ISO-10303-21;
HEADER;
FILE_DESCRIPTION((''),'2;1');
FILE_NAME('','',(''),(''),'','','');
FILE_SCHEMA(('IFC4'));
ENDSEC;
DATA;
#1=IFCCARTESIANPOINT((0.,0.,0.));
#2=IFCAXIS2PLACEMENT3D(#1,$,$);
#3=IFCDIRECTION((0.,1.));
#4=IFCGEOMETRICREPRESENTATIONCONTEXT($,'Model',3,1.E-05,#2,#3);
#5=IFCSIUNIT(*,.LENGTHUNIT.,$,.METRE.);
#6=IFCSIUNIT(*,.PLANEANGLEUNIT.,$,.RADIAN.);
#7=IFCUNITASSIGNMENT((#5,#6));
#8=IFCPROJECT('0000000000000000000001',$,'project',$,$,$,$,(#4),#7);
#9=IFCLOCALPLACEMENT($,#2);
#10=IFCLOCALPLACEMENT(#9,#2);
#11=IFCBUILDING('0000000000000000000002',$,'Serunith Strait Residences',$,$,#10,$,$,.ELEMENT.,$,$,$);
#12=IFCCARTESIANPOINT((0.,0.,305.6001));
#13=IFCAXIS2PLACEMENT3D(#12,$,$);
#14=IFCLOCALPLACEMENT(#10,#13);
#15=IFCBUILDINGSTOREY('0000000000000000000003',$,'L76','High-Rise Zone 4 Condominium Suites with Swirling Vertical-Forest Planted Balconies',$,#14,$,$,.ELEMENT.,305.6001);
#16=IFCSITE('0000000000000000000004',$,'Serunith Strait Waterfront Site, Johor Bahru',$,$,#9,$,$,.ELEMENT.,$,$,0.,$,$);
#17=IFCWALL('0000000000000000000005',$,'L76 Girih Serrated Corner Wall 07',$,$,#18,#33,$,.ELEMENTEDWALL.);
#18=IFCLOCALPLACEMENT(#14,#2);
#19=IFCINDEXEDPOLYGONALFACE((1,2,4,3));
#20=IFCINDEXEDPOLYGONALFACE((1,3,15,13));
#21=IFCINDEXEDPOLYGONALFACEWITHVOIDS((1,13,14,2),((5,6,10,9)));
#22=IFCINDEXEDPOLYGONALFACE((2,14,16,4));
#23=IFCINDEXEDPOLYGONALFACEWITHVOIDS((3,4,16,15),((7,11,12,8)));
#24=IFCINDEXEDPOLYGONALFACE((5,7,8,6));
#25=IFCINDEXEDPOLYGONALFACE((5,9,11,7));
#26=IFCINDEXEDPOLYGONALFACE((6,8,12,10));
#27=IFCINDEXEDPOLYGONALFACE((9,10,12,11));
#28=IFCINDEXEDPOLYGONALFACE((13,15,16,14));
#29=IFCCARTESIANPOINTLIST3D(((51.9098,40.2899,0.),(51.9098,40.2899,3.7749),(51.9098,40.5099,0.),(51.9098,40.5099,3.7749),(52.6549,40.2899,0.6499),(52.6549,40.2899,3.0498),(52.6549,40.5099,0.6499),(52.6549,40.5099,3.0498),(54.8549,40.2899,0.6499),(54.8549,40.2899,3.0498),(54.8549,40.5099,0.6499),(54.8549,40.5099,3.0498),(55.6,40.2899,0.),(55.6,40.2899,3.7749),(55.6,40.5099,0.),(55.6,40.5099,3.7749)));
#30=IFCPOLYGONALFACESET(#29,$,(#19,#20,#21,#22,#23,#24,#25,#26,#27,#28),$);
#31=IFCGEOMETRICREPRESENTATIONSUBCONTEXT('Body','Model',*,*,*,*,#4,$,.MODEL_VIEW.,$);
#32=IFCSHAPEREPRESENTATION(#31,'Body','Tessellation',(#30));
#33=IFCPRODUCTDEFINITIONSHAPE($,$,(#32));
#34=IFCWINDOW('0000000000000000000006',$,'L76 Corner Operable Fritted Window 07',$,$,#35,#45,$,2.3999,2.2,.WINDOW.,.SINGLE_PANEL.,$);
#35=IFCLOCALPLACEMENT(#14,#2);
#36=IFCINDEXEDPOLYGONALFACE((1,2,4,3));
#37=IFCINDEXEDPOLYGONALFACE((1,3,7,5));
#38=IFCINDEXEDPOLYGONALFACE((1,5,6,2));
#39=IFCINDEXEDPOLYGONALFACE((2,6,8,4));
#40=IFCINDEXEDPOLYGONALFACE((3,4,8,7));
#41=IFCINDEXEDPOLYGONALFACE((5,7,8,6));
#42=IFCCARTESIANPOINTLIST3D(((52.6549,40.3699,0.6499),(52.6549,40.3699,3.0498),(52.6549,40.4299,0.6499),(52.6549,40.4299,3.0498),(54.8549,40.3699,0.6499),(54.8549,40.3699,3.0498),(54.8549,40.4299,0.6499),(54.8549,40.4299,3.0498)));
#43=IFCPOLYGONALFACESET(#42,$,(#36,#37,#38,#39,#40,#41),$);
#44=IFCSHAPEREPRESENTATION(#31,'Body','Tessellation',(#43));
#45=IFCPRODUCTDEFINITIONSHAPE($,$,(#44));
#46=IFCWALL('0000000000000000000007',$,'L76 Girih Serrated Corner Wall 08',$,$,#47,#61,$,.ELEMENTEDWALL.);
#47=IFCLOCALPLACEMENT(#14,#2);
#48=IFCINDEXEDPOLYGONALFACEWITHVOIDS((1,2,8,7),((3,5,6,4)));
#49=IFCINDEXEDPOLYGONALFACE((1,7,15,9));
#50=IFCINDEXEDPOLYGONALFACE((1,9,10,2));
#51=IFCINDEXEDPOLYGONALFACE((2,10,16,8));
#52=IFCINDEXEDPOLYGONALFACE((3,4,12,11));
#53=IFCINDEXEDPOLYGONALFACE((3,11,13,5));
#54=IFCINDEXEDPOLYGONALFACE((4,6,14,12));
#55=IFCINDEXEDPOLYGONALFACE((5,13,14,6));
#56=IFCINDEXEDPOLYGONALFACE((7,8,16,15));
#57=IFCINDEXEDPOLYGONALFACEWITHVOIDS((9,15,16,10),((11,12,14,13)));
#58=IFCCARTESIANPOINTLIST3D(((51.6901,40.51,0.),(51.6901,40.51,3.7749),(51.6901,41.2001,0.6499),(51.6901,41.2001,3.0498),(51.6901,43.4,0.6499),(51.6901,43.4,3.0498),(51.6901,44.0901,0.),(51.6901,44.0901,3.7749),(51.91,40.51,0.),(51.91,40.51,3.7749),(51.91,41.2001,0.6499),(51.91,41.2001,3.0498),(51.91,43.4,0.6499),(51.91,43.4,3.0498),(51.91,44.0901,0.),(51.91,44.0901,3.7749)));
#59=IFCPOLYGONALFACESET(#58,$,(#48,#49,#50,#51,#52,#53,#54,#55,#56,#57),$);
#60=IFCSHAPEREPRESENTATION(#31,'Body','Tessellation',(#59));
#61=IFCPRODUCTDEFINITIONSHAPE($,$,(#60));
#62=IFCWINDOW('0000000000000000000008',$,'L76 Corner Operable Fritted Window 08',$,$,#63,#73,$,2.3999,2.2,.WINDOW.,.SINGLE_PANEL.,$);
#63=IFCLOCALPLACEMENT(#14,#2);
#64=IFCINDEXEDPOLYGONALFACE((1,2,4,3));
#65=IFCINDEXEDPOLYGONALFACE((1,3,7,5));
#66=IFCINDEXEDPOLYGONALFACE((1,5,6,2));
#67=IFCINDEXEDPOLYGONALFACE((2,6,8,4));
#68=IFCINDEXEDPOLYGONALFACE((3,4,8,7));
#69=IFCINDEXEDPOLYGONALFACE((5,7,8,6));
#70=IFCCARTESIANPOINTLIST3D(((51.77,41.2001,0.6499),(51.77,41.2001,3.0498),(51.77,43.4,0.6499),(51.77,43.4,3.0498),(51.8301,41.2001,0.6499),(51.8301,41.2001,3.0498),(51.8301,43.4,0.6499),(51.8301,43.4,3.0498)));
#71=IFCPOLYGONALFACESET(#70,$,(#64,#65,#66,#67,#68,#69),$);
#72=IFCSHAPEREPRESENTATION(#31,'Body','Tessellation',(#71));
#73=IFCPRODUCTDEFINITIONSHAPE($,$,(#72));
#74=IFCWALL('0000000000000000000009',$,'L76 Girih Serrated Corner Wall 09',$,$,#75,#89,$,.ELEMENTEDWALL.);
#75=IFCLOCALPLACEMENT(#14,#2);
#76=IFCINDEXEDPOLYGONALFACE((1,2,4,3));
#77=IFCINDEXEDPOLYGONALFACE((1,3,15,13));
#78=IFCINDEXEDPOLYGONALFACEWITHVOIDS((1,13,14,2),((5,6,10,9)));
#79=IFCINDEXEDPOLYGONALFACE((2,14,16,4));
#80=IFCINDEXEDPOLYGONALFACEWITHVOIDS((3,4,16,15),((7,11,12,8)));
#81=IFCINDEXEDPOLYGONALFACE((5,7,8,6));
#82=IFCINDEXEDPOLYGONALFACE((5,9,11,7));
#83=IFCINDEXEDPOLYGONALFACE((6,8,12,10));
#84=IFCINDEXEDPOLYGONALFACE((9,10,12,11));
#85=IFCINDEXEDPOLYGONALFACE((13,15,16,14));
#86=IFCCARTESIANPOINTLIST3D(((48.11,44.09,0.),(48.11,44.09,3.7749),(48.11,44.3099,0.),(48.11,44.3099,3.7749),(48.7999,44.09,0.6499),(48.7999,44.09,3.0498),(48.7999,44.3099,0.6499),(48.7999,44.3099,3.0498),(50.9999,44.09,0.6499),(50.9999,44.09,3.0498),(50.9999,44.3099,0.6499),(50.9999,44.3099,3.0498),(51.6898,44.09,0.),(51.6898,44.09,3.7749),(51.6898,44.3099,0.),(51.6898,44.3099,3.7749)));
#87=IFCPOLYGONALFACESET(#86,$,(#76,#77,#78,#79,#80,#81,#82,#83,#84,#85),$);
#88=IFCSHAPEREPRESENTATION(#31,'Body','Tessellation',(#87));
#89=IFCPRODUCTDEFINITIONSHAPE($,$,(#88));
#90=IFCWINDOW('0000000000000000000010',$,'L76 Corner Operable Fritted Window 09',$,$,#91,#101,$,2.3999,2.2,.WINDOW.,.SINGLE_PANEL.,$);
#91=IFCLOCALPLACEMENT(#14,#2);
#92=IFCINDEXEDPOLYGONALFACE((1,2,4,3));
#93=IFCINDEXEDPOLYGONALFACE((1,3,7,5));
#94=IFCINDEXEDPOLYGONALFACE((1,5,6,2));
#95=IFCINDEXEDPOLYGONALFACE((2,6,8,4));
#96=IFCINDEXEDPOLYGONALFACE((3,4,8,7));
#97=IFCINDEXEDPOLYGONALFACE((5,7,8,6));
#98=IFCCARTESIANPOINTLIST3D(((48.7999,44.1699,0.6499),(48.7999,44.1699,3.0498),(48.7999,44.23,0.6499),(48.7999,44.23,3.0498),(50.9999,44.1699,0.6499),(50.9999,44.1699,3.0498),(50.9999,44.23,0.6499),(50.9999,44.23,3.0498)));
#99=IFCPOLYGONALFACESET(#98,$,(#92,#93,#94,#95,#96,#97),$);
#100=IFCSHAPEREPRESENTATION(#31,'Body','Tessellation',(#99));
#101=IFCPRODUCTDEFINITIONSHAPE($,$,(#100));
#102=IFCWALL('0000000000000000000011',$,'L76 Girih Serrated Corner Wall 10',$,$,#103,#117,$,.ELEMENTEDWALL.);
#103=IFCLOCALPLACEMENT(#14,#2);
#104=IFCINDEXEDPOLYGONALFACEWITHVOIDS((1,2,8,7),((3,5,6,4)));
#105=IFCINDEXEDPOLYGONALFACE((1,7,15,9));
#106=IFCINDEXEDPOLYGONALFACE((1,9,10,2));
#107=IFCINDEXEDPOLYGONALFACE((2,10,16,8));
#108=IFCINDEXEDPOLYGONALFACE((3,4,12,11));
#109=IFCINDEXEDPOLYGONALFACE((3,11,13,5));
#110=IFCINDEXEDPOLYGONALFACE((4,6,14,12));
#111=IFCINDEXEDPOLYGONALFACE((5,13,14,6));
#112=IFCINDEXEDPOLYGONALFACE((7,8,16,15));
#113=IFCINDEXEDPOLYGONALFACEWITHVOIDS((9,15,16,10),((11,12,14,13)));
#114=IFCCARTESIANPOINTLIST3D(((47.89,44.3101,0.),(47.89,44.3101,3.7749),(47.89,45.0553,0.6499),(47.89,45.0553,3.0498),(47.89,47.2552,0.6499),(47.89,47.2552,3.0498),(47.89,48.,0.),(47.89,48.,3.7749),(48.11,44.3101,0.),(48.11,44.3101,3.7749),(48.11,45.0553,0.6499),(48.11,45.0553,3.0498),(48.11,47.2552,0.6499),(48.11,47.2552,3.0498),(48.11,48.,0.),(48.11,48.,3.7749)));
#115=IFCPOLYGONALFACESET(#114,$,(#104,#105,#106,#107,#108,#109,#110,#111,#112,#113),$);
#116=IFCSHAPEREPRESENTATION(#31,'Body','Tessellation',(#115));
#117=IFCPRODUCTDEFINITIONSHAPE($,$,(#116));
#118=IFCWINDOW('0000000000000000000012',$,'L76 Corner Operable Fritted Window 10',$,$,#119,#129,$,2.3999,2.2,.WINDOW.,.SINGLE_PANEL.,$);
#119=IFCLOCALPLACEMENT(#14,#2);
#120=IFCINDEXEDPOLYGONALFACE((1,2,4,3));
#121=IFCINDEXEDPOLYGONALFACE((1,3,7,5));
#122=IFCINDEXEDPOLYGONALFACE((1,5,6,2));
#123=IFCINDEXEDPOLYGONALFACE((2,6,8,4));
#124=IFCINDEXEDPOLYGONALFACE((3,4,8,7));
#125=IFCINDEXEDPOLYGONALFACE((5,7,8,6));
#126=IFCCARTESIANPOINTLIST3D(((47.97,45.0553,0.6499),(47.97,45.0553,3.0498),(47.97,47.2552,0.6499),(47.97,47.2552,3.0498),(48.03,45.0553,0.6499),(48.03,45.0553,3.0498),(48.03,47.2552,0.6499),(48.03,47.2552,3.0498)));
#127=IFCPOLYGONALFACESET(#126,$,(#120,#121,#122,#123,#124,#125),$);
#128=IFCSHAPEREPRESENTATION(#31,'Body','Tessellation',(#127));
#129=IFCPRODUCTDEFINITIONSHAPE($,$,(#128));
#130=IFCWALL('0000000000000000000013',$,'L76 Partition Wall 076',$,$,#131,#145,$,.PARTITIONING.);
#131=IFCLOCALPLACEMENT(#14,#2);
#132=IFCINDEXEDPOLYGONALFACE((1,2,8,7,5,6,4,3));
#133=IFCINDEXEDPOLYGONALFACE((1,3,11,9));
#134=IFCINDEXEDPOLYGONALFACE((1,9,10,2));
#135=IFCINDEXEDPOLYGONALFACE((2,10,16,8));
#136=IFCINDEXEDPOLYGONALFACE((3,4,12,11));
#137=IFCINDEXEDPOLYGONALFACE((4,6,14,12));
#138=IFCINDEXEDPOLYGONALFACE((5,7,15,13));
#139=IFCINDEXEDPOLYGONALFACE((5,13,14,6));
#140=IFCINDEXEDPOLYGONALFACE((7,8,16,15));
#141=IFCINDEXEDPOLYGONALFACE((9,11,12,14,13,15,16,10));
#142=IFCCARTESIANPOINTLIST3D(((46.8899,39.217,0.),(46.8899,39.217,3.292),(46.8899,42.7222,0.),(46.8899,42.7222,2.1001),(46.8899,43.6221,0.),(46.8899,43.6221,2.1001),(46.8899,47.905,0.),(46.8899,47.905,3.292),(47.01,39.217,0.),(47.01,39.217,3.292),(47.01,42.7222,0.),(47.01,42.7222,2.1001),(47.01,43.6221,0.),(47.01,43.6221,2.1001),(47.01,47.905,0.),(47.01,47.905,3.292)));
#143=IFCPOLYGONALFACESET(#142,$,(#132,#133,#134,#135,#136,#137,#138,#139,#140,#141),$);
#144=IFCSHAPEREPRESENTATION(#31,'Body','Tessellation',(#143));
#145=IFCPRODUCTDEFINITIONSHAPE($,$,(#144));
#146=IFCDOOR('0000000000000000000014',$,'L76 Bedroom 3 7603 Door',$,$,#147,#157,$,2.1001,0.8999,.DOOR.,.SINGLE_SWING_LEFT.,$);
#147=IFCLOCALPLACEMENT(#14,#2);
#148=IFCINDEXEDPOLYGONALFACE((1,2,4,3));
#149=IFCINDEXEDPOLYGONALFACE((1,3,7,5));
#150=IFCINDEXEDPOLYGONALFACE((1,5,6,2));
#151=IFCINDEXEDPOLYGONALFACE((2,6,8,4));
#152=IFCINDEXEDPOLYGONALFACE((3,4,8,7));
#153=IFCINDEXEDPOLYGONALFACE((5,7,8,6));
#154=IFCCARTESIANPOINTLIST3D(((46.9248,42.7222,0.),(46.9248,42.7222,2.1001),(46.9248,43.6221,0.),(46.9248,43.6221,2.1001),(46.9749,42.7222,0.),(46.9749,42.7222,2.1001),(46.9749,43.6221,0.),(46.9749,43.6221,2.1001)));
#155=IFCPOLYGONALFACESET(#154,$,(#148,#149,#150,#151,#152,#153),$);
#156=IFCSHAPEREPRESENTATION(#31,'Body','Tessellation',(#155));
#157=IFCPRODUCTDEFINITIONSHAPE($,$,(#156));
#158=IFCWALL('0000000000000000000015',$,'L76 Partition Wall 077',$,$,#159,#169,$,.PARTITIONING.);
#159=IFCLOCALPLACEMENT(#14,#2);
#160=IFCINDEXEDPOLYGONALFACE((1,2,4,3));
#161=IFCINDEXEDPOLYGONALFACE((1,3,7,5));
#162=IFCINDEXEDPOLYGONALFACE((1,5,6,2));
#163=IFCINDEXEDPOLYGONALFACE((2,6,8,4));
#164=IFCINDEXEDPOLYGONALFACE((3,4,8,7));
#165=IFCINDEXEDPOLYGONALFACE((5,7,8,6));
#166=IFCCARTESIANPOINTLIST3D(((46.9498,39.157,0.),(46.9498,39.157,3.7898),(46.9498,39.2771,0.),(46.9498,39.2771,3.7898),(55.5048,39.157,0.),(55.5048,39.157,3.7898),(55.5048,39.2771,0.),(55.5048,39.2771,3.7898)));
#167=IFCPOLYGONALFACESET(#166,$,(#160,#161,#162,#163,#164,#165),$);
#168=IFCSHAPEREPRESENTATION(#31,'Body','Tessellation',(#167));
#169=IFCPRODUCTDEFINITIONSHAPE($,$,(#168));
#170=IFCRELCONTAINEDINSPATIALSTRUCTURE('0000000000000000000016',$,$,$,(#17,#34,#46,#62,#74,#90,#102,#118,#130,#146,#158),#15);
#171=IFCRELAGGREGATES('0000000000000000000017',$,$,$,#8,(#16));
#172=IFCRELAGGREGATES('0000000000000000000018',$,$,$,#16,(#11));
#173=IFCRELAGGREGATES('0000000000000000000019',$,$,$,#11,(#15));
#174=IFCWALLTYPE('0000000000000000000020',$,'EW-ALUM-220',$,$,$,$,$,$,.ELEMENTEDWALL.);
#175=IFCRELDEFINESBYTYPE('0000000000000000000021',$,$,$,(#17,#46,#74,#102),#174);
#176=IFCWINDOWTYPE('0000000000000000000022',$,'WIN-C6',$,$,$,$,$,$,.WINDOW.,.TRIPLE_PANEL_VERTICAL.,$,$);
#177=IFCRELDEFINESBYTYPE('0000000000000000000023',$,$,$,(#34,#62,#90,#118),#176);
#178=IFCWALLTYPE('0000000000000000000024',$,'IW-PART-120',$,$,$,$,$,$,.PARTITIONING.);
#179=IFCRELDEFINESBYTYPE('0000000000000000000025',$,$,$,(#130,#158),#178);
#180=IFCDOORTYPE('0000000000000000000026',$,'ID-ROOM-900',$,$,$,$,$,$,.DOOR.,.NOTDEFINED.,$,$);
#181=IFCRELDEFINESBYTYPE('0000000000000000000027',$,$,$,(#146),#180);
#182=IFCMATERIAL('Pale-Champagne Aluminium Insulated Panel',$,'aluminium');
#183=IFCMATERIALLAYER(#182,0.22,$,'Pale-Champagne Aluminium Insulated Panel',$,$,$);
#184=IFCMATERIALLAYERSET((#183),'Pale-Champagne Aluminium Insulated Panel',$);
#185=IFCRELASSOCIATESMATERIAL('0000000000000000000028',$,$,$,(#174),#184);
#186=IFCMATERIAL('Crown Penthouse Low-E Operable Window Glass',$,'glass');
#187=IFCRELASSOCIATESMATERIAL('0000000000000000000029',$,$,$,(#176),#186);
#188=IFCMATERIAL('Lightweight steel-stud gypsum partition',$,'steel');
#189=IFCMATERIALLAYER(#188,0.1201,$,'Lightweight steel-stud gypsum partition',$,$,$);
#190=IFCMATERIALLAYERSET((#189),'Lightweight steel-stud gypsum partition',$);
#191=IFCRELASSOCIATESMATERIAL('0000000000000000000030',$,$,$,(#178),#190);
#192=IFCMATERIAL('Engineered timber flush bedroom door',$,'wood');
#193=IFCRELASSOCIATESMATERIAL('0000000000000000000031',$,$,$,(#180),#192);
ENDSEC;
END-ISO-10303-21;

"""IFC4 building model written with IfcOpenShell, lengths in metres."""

from ifc_helpers import new_model, si_unit, direction, frame, frame_2d, origin, place, context, subcontext, project, spatial, rectangle, extrude, source, transform, mapped, material, layer, layer_set, type_object, element, fill, save


model = new_model("IFC4")

# Units and contexts
model_context = context("Model", 3, precision=1e-05, world=origin(), true_north=direction((0.0, 1.0)))
body_context = subcontext(model_context, "Body", "Model", "MODEL_VIEW")
ifc_project = project(units=[si_unit("LENGTHUNIT", "METRE"), si_unit("PLANEANGLEUNIT", "RADIAN")], contexts=[model_context])

# Site, building, storey
site_placement = place(None, origin())
site = spatial("IfcSite", under=ifc_project, at=site_placement, Name="Serunith Strait Waterfront Site, Johor Bahru", CompositionType="ELEMENT", RefElevation=0.0)
building_placement = place(site_placement, origin())
building = spatial("IfcBuilding", under=site, at=building_placement, Name="Serunith Strait Residences", CompositionType="ELEMENT")
storey_placement = place(building_placement, frame((0.0, 0.0, 305.6001)))
storey = spatial("IfcBuildingStorey", under=building, at=storey_placement, Name="L76", Description="High-Rise Zone 4 Condominium Suites with Swirling Vertical-Forest Planted Balconies", CompositionType="ELEMENT", Elevation=305.6001)

# Walls, openings, windows
ifc_material_1 = material(Name="Pale-Champagne Aluminium Insulated Panel", Category="aluminium")
ifc_layer_1 = layer(ifc_material_1, 0.22, Name="Pale-Champagne Aluminium Insulated Panel")
ifc_layer_set_1 = layer_set([ifc_layer_1], Name="Pale-Champagne Aluminium Insulated Panel")
wall_type_1 = type_object("IfcWallType", Name="EW-ALUM-220", PredefinedType="ELEMENTEDWALL", material=ifc_layer_set_1)
wall_1_placement = place(storey_placement, frame((55.6001, 40.3999, 0.0), z_axis=(0.0, 0.0, 1.0), x_axis=(-1.0, 0.0, 0.0)))
wall_1 = element("IfcWall", 1, at=wall_1_placement, inside=storey, type_object=wall_type_1, Name="L76 Girih Serrated Corner Wall 07", PredefinedType="ELEMENTEDWALL", context=body_context, shape_type="SweptSolid", body=[
    extrude(rectangle(XDim=3.6902, YDim=0.22, at=frame_2d((1.8452, 0.0))), origin(), (0.0, 0.0, 1.0), 3.7749),
])
opening_1_placement = place(wall_1_placement, frame((0.7451, 0.0, 0.6499)))
opening_1 = element("IfcOpeningElement", 2, at=opening_1_placement, cuts=wall_1, PredefinedType="OPENING", context=body_context, shape_type="SweptSolid", body=[
    extrude(rectangle(XDim=2.2, YDim=2.3999, at=frame_2d((1.1001, 1.2))), frame((0.0, 0.1201, 0.0), z_axis=(0.0, -1.0, 0.0), x_axis=(1.0, 0.0, 0.0)), (0.0, 0.0, 1.0), 0.24),
])
ifc_material_2 = material(Name="Crown Penthouse Low-E Operable Window Glass", Category="glass")
window_type = type_object("IfcWindowType", Name="WIN-C6", PartitioningType="TRIPLE_PANEL_VERTICAL", PredefinedType="WINDOW", material=ifc_material_2)
shared_shape_1 = source(origin(), body_context, "Body", "SweptSolid", [
    extrude(rectangle(XDim=2.2, YDim=2.3999, at=frame_2d((1.1001, 1.2))), frame((0.0, 0.03, 0.0), z_axis=(0.0, -1.0, 0.0), x_axis=(1.0, 0.0, 0.0)), (0.0, 0.0, 1.0), 0.0601),
])
window_1_placement = place(opening_1_placement, origin())
window_1 = element("IfcWindow", 3, at=window_1_placement, inside=storey, type_object=window_type, Name="L76 Corner Operable Fritted Window 07", OverallHeight=2.3999, OverallWidth=2.2, PartitioningType="SINGLE_PANEL", PredefinedType="WINDOW", context=body_context, shape_type="MappedRepresentation", body=[
    mapped(shared_shape_1, transform((0.0, 0.0, 0.0), scale=1.0)),
])
fill(opening_1, window_1)
wall_2_placement = place(storey_placement, frame((51.8, 40.51, 0.0), z_axis=(0.0, 0.0, 1.0), x_axis=(0.0, 1.0, 0.0)))
wall_2 = element("IfcWall", 4, at=wall_2_placement, inside=storey, type_object=wall_type_1, Name="L76 Girih Serrated Corner Wall 08", PredefinedType="ELEMENTEDWALL", context=body_context, shape_type="SweptSolid", body=[
    extrude(rectangle(XDim=3.5801, YDim=0.22, at=frame_2d((1.79, 0.0))), origin(), (0.0, 0.0, 1.0), 3.7749),
])
opening_2_placement = place(wall_2_placement, frame((0.6899, 0.0, 0.6499)))
opening_2 = element("IfcOpeningElement", 5, at=opening_2_placement, cuts=wall_2, PredefinedType="OPENING", context=body_context, shape_type="SweptSolid", body=[
    extrude(rectangle(XDim=2.2, YDim=2.3999, at=frame_2d((1.1001, 1.2))), frame((0.0, 0.1201, 0.0), z_axis=(0.0, -1.0, 0.0), x_axis=(1.0, 0.0, 0.0)), (0.0, 0.0, 1.0), 0.24),
])
window_2_placement = place(opening_2_placement, origin())
window_2 = element("IfcWindow", 6, at=window_2_placement, inside=storey, type_object=window_type, Name="L76 Corner Operable Fritted Window 08", OverallHeight=2.3999, OverallWidth=2.2, PartitioningType="SINGLE_PANEL", PredefinedType="WINDOW", context=body_context, shape_type="MappedRepresentation", body=[
    mapped(shared_shape_1, transform((0.0, 0.0, 0.0), scale=1.0)),
])
fill(opening_2, window_2)
wall_3_placement = place(storey_placement, frame((51.6899, 44.2, 0.0), z_axis=(0.0, 0.0, 1.0), x_axis=(-1.0, 0.0, 0.0)))
wall_3 = element("IfcWall", 7, at=wall_3_placement, inside=storey, type_object=wall_type_1, Name="L76 Girih Serrated Corner Wall 09", PredefinedType="ELEMENTEDWALL", context=body_context, shape_type="SweptSolid", body=[
    extrude(rectangle(XDim=3.5798, YDim=0.22, at=frame_2d((1.79, 0.0))), origin(), (0.0, 0.0, 1.0), 3.7749),
])
opening_3_placement = place(wall_3_placement, frame((0.6899, 0.0, 0.6499)))
opening_3 = element("IfcOpeningElement", 8, at=opening_3_placement, cuts=wall_3, PredefinedType="OPENING", context=body_context, shape_type="SweptSolid", body=[
    extrude(rectangle(XDim=2.2, YDim=2.3999, at=frame_2d((1.1001, 1.2))), frame((0.0, 0.1201, 0.0), z_axis=(0.0, -1.0, 0.0), x_axis=(1.0, 0.0, 0.0)), (0.0, 0.0, 1.0), 0.24),
])
window_3_placement = place(opening_3_placement, origin())
window_3 = element("IfcWindow", 9, at=window_3_placement, inside=storey, type_object=window_type, Name="L76 Corner Operable Fritted Window 09", OverallHeight=2.3999, OverallWidth=2.2, PartitioningType="SINGLE_PANEL", PredefinedType="WINDOW", context=body_context, shape_type="MappedRepresentation", body=[
    mapped(shared_shape_1, transform((0.0, 0.0, 0.0), scale=1.0)),
])
fill(opening_3, window_3)
wall_4_placement = place(storey_placement, frame((48.0, 44.3101, 0.0), z_axis=(0.0, 0.0, 1.0), x_axis=(0.0, 1.0, 0.0)))
wall_4 = element("IfcWall", 10, at=wall_4_placement, inside=storey, type_object=wall_type_1, Name="L76 Girih Serrated Corner Wall 10", PredefinedType="ELEMENTEDWALL", context=body_context, shape_type="SweptSolid", body=[
    extrude(rectangle(XDim=3.6899, YDim=0.22, at=frame_2d((1.845, 0.0))), origin(), (0.0, 0.0, 1.0), 3.7749),
])
opening_4_placement = place(wall_4_placement, frame((0.7451, 0.0, 0.6499)))
opening_4 = element("IfcOpeningElement", 11, at=opening_4_placement, cuts=wall_4, PredefinedType="OPENING", context=body_context, shape_type="SweptSolid", body=[
    extrude(rectangle(XDim=2.2, YDim=2.3999, at=frame_2d((1.1001, 1.2))), frame((0.0, 0.1201, 0.0), z_axis=(0.0, -1.0, 0.0), x_axis=(1.0, 0.0, 0.0)), (0.0, 0.0, 1.0), 0.24),
])
window_4_placement = place(opening_4_placement, origin())
window_4 = element("IfcWindow", 12, at=window_4_placement, inside=storey, type_object=window_type, Name="L76 Corner Operable Fritted Window 10", OverallHeight=2.3999, OverallWidth=2.2, PartitioningType="SINGLE_PANEL", PredefinedType="WINDOW", context=body_context, shape_type="MappedRepresentation", body=[
    mapped(shared_shape_1, transform((0.0, 0.0, 0.0), scale=1.0)),
])
fill(opening_4, window_4)

# Wall, opening, door
ifc_material_3 = material(Name="Lightweight steel-stud gypsum partition", Category="steel")
ifc_layer_2 = layer(ifc_material_3, 0.1201, Name="Lightweight steel-stud gypsum partition")
ifc_layer_set_2 = layer_set([ifc_layer_2], Name="Lightweight steel-stud gypsum partition")
wall_type_2 = type_object("IfcWallType", Name="IW-PART-120", PredefinedType="PARTITIONING", material=ifc_layer_set_2)
wall_5_placement = place(storey_placement, frame((46.95, 47.905, 0.0), z_axis=(0.0, 0.0, 1.0), x_axis=(0.0, -1.0, 0.0)))
wall_5 = element("IfcWall", 13, at=wall_5_placement, inside=storey, type_object=wall_type_2, Name="L76 Partition Wall 076", PredefinedType="PARTITIONING", context=body_context, shape_type="SweptSolid", body=[
    extrude(rectangle(XDim=8.688, YDim=0.1201, at=frame_2d((4.344, 0.0))), origin(), (0.0, 0.0, 1.0), 3.292),
])
opening_5_placement = place(wall_5_placement, frame((4.283, 0.0, 0.0)))
opening_5 = element("IfcOpeningElement", 14, at=opening_5_placement, cuts=wall_5, PredefinedType="OPENING", context=body_context, shape_type="SweptSolid", body=[
    extrude(rectangle(XDim=0.8999, YDim=2.1001, at=frame_2d((0.45, 1.05))), frame((0.0, 0.0701, 0.0), z_axis=(0.0, -1.0, 0.0), x_axis=(1.0, 0.0, 0.0)), (0.0, 0.0, 1.0), 0.1401),
])
ifc_material_4 = material(Name="Engineered timber flush bedroom door", Category="wood")
door_type_1 = type_object("IfcDoorType", Name="ID-ROOM-900", OperationType="NOTDEFINED", PredefinedType="DOOR", material=ifc_material_4)
shared_shape_2 = source(origin(), body_context, "Body", "SweptSolid", [
    extrude(rectangle(XDim=0.8999, YDim=2.1001, at=frame_2d((0.45, 1.05))), frame((0.0, 0.0249, 0.0), z_axis=(0.0, -1.0, 0.0), x_axis=(1.0, 0.0, 0.0)), (0.0, 0.0, 1.0), 0.05),
])
door_1_placement = place(opening_5_placement, origin())
door_1 = element("IfcDoor", 15, at=door_1_placement, inside=storey, type_object=door_type_1, Name="L76 Bedroom 3 7603 Door", OperationType="SINGLE_SWING_LEFT", OverallHeight=2.1001, OverallWidth=0.8999, PredefinedType="DOOR", context=body_context, shape_type="MappedRepresentation", body=[
    mapped(shared_shape_2, transform((0.0, 0.0, 0.0), scale=1.0)),
])
fill(opening_5, door_1)

# Wall
wall_6_placement = place(storey_placement, frame((46.95, 39.217, 0.0), z_axis=(0.0, 0.0, 1.0), x_axis=(1.0, 0.0, 0.0)))
element("IfcWall", 16, at=wall_6_placement, inside=storey, type_object=wall_type_2, Name="L76 Partition Wall 077", PredefinedType="PARTITIONING", context=body_context, shape_type="SweptSolid", body=[
    extrude(rectangle(XDim=8.5549, YDim=0.1201, at=frame_2d((4.2773, 0.0))), origin(), (0.0, 0.0, 1.0), 3.7898),
])

save(model, "model.ifc")
